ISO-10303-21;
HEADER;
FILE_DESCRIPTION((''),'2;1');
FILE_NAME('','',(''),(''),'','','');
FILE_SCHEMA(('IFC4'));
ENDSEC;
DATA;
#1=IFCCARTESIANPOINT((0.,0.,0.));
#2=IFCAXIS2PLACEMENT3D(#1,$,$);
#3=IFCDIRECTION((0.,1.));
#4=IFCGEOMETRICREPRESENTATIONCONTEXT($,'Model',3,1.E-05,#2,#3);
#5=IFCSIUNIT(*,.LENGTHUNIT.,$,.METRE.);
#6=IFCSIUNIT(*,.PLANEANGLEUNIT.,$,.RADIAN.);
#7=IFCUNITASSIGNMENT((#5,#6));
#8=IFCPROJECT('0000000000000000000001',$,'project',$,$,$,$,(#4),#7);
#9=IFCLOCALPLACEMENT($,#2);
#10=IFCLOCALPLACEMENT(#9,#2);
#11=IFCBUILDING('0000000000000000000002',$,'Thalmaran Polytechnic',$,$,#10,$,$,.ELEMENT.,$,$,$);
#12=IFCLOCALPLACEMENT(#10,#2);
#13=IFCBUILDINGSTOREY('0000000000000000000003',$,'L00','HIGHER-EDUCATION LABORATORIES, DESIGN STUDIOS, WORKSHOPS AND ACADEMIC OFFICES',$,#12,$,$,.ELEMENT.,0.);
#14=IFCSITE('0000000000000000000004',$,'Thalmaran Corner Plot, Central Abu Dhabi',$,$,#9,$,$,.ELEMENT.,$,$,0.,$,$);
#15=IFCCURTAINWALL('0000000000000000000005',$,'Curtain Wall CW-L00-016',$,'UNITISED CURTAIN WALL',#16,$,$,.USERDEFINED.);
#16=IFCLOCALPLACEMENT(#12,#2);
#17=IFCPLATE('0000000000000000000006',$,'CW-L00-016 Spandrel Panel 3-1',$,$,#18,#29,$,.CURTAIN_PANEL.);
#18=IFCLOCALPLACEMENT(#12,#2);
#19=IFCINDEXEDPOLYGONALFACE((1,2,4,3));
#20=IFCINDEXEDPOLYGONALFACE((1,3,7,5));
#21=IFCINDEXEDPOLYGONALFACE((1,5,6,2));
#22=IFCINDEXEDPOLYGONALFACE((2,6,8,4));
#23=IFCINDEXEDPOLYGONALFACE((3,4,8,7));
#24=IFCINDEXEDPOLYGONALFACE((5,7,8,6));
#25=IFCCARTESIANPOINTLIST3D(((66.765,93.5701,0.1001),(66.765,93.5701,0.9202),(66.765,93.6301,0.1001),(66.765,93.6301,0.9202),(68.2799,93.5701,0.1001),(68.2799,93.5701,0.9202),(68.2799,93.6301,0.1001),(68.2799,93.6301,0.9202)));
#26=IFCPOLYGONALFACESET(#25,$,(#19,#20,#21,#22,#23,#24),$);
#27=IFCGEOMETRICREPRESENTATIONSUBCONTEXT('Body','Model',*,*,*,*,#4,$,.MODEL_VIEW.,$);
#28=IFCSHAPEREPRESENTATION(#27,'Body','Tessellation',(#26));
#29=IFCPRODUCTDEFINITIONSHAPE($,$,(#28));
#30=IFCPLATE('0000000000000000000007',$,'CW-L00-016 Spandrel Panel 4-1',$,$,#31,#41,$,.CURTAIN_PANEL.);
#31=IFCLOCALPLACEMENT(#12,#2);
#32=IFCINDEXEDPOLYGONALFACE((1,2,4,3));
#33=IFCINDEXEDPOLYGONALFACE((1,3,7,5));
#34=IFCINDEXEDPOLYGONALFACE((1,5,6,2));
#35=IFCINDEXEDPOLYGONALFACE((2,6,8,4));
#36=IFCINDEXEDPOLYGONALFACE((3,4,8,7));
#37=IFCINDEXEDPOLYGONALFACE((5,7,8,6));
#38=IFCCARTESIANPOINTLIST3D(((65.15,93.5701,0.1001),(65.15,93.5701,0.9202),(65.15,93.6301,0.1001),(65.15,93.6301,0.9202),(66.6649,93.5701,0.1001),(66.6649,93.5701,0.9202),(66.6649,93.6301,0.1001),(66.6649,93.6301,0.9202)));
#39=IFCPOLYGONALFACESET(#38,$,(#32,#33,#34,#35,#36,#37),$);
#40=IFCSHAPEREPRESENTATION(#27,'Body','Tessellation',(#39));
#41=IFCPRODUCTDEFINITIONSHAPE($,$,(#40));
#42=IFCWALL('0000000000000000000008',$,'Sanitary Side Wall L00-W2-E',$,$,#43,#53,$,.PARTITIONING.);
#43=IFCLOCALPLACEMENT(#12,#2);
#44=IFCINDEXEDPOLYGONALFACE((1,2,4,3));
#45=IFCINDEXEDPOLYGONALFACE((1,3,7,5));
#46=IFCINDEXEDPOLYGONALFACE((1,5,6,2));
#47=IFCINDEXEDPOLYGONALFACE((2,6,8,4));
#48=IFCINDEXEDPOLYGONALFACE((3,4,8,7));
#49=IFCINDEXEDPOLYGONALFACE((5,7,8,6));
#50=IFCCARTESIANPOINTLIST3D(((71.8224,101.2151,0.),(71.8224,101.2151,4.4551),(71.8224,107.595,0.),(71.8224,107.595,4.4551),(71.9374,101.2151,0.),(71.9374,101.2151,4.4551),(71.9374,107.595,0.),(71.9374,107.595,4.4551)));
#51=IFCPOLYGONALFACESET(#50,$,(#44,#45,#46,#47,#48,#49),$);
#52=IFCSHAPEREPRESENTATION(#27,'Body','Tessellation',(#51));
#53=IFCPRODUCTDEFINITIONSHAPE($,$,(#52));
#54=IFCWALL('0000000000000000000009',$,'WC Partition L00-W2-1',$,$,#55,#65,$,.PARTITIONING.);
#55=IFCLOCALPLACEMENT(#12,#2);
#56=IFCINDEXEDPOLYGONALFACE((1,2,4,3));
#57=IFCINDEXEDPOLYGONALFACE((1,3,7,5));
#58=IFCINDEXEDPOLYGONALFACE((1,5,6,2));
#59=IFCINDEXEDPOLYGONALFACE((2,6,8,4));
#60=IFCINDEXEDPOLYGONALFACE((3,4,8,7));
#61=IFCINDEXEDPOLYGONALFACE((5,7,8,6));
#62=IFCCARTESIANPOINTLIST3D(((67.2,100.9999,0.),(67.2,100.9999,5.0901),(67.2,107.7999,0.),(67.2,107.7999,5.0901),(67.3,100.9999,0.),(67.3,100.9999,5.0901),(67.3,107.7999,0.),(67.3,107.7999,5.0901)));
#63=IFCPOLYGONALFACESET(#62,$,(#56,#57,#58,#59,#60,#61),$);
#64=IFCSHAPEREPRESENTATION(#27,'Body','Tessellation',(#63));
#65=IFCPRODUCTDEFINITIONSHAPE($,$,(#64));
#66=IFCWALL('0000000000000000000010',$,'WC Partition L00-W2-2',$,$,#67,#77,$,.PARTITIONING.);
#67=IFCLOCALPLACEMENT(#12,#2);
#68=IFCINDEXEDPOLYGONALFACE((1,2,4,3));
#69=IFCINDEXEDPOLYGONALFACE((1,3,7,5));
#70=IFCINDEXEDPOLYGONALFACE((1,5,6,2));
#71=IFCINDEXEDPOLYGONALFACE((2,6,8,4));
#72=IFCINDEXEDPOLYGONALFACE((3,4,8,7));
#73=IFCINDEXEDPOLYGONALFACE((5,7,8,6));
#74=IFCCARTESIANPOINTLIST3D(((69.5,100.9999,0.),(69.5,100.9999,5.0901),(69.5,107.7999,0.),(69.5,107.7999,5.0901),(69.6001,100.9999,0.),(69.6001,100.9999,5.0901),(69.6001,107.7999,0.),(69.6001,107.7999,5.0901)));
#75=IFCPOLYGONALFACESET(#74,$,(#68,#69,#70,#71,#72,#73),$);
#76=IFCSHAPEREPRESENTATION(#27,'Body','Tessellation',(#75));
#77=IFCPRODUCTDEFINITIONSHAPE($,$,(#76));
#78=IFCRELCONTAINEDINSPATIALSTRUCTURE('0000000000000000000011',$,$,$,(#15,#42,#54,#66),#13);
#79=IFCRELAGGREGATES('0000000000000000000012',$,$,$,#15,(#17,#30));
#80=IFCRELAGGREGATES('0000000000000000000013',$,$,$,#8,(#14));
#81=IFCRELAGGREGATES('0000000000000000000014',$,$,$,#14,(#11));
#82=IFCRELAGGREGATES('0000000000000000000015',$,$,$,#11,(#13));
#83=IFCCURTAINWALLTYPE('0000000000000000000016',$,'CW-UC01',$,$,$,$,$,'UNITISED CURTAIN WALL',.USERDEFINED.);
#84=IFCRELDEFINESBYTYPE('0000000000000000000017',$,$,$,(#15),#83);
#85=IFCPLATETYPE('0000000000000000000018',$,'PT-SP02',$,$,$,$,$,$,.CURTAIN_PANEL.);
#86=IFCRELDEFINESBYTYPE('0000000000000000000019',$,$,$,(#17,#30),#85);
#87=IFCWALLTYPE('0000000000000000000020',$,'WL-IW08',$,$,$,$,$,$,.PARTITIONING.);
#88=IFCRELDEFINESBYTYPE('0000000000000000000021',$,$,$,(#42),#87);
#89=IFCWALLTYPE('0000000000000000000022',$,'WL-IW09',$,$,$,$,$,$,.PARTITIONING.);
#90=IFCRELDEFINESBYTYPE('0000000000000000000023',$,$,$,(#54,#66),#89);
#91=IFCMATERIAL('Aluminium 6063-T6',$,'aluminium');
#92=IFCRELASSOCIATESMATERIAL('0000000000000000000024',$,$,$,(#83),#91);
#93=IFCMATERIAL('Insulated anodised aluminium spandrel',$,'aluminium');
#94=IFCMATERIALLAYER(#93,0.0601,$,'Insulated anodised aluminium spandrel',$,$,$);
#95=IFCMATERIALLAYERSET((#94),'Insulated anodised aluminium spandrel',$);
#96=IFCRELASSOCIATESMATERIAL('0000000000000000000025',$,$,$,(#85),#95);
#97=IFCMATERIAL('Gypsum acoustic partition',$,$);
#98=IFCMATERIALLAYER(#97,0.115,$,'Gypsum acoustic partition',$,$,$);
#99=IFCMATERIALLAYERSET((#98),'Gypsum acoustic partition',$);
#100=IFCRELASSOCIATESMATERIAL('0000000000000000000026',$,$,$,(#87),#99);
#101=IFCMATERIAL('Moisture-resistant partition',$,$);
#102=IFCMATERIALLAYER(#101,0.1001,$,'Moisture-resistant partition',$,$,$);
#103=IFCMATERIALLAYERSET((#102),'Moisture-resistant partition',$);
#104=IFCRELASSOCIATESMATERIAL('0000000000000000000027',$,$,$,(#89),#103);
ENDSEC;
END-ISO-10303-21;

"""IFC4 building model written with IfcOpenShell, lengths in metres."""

from ifc_helpers import new_model, si_unit, direction, frame, frame_2d, origin, origin_2d, place, context, subcontext, project, spatial, rectangle, extrude, material, layer, layer_set, type_object, element, aggregate, save


model = new_model("IFC4")

# Units and contexts
model_context = context("Model", 3, precision=1e-05, world=origin(), true_north=direction((0.0, 1.0)))
body_context = subcontext(model_context, "Body", "Model", "MODEL_VIEW")
ifc_project = project(units=[si_unit("LENGTHUNIT", "METRE"), si_unit("PLANEANGLEUNIT", "RADIAN")], contexts=[model_context])

# Site, building, storey
site_placement = place(None, origin())
site = spatial("IfcSite", under=ifc_project, at=site_placement, Name="Thalmaran Corner Plot, Central Abu Dhabi", CompositionType="ELEMENT", RefElevation=0.0)
building_placement = place(site_placement, origin())
building = spatial("IfcBuilding", under=site, at=building_placement, Name="Thalmaran Polytechnic", CompositionType="ELEMENT")
storey_placement = place(building_placement, origin())
storey = spatial("IfcBuildingStorey", under=building, at=storey_placement, Name="L00", Description="HIGHER-EDUCATION LABORATORIES, DESIGN STUDIOS, WORKSHOPS AND ACADEMIC OFFICES", CompositionType="ELEMENT", Elevation=0.0)

# Curtain wall, plates
ifc_material_1 = material(Name="Aluminium 6063-T6", Category="aluminium")
curtain_wall_type = type_object("IfcCurtainWallType", Name="CW-UC01", ElementType="UNITISED CURTAIN WALL", PredefinedType="USERDEFINED", material=ifc_material_1)
curtain_wall_placement = place(storey_placement, origin())
curtain_wall = element("IfcCurtainWall", 1, at=curtain_wall_placement, inside=storey, type_object=curtain_wall_type, Name="Curtain Wall CW-L00-016", ObjectType="UNITISED CURTAIN WALL", PredefinedType="USERDEFINED")
ifc_material_2 = material(Name="Insulated anodised aluminium spandrel", Category="aluminium")
ifc_layer_1 = layer(ifc_material_2, 0.0601, Name="Insulated anodised aluminium spandrel")
ifc_layer_set_1 = layer_set([ifc_layer_1], Name="Insulated anodised aluminium spandrel")
plate_type_1 = type_object("IfcPlateType", Name="PT-SP02", PredefinedType="CURTAIN_PANEL", material=ifc_layer_set_1)
plate_1_placement = place(storey_placement, frame((67.5225, 93.6001, 0.1001), z_axis=(0.0, 0.0, 1.0), x_axis=(-1.0, 0.0, 0.0)))
plate_1 = element("IfcPlate", 2, at=plate_1_placement, type_object=plate_type_1, Name="CW-L00-016 Spandrel Panel 3-1", PredefinedType="CURTAIN_PANEL", context=body_context, shape_type="SweptSolid", body=[
    extrude(rectangle(XDim=1.5149, YDim=0.0601, at=origin_2d()), origin(), (0.0, 0.0, 1.0), 0.8201),
])
plate_2_placement = place(storey_placement, frame((65.9075, 93.6001, 0.1001), z_axis=(0.0, 0.0, 1.0), x_axis=(-1.0, 0.0, 0.0)))
plate_2 = element("IfcPlate", 3, at=plate_2_placement, type_object=plate_type_1, Name="CW-L00-016 Spandrel Panel 4-1", PredefinedType="CURTAIN_PANEL", context=body_context, shape_type="SweptSolid", body=[
    extrude(rectangle(XDim=1.5149, YDim=0.0601, at=origin_2d()), origin(), (0.0, 0.0, 1.0), 0.8201),
])
aggregate(curtain_wall, [plate_1, plate_2])

# Walls
ifc_material_3 = material(Name="Gypsum acoustic partition")
ifc_layer_2 = layer(ifc_material_3, 0.115, Name="Gypsum acoustic partition")
ifc_layer_set_2 = layer_set([ifc_layer_2], Name="Gypsum acoustic partition")
wall_type_1 = type_object("IfcWallType", Name="WL-IW08", PredefinedType="PARTITIONING", material=ifc_layer_set_2)
wall_placement = place(storey_placement, frame((71.8799, 101.2151, 0.0), z_axis=(0.0, 0.0, 1.0), x_axis=(0.0, 1.0, 0.0)))
element("IfcWall", 4, at=wall_placement, inside=storey, type_object=wall_type_1, Name="Sanitary Side Wall L00-W2-E", PredefinedType="PARTITIONING", context=body_context, shape_type="SweptSolid", body=[
    extrude(rectangle(XDim=6.3799, YDim=0.115, at=frame_2d((3.1899, 0.0))), origin(), (0.0, 0.0, 1.0), 4.4551),
])
ifc_material_4 = material(Name="Moisture-resistant partition")
ifc_layer_3 = layer(ifc_material_4, 0.1001, Name="Moisture-resistant partition")
ifc_layer_set_3 = layer_set([ifc_layer_3], Name="Moisture-resistant partition")
wall_type_2 = type_object("IfcWallType", Name="WL-IW09", PredefinedType="PARTITIONING", material=ifc_layer_set_3)
for number, where, z_axis, x_axis, name in (
    (5, (67.25, 101.0, 0.0), (0.0, 0.0, 1.0), (0.0, 1.0, 0.0), "WC Partition L00-W2-1"),
    (6, (69.55, 101.0, 0.0), (0.0, 0.0, 1.0), (0.0, 1.0, 0.0), "WC Partition L00-W2-2"),
):
    element("IfcWall", number, at=place(storey_placement, frame(where, z_axis=z_axis, x_axis=x_axis)), inside=storey, type_object=wall_type_2, Name=name, PredefinedType="PARTITIONING", context=body_context, shape_type="SweptSolid", body=[
        extrude(rectangle(XDim=6.8, YDim=0.1001, at=frame_2d((3.3999, 0.0))), origin(), (0.0, 0.0, 1.0), 5.0901),
    ])

save(model, "model.ifc")
